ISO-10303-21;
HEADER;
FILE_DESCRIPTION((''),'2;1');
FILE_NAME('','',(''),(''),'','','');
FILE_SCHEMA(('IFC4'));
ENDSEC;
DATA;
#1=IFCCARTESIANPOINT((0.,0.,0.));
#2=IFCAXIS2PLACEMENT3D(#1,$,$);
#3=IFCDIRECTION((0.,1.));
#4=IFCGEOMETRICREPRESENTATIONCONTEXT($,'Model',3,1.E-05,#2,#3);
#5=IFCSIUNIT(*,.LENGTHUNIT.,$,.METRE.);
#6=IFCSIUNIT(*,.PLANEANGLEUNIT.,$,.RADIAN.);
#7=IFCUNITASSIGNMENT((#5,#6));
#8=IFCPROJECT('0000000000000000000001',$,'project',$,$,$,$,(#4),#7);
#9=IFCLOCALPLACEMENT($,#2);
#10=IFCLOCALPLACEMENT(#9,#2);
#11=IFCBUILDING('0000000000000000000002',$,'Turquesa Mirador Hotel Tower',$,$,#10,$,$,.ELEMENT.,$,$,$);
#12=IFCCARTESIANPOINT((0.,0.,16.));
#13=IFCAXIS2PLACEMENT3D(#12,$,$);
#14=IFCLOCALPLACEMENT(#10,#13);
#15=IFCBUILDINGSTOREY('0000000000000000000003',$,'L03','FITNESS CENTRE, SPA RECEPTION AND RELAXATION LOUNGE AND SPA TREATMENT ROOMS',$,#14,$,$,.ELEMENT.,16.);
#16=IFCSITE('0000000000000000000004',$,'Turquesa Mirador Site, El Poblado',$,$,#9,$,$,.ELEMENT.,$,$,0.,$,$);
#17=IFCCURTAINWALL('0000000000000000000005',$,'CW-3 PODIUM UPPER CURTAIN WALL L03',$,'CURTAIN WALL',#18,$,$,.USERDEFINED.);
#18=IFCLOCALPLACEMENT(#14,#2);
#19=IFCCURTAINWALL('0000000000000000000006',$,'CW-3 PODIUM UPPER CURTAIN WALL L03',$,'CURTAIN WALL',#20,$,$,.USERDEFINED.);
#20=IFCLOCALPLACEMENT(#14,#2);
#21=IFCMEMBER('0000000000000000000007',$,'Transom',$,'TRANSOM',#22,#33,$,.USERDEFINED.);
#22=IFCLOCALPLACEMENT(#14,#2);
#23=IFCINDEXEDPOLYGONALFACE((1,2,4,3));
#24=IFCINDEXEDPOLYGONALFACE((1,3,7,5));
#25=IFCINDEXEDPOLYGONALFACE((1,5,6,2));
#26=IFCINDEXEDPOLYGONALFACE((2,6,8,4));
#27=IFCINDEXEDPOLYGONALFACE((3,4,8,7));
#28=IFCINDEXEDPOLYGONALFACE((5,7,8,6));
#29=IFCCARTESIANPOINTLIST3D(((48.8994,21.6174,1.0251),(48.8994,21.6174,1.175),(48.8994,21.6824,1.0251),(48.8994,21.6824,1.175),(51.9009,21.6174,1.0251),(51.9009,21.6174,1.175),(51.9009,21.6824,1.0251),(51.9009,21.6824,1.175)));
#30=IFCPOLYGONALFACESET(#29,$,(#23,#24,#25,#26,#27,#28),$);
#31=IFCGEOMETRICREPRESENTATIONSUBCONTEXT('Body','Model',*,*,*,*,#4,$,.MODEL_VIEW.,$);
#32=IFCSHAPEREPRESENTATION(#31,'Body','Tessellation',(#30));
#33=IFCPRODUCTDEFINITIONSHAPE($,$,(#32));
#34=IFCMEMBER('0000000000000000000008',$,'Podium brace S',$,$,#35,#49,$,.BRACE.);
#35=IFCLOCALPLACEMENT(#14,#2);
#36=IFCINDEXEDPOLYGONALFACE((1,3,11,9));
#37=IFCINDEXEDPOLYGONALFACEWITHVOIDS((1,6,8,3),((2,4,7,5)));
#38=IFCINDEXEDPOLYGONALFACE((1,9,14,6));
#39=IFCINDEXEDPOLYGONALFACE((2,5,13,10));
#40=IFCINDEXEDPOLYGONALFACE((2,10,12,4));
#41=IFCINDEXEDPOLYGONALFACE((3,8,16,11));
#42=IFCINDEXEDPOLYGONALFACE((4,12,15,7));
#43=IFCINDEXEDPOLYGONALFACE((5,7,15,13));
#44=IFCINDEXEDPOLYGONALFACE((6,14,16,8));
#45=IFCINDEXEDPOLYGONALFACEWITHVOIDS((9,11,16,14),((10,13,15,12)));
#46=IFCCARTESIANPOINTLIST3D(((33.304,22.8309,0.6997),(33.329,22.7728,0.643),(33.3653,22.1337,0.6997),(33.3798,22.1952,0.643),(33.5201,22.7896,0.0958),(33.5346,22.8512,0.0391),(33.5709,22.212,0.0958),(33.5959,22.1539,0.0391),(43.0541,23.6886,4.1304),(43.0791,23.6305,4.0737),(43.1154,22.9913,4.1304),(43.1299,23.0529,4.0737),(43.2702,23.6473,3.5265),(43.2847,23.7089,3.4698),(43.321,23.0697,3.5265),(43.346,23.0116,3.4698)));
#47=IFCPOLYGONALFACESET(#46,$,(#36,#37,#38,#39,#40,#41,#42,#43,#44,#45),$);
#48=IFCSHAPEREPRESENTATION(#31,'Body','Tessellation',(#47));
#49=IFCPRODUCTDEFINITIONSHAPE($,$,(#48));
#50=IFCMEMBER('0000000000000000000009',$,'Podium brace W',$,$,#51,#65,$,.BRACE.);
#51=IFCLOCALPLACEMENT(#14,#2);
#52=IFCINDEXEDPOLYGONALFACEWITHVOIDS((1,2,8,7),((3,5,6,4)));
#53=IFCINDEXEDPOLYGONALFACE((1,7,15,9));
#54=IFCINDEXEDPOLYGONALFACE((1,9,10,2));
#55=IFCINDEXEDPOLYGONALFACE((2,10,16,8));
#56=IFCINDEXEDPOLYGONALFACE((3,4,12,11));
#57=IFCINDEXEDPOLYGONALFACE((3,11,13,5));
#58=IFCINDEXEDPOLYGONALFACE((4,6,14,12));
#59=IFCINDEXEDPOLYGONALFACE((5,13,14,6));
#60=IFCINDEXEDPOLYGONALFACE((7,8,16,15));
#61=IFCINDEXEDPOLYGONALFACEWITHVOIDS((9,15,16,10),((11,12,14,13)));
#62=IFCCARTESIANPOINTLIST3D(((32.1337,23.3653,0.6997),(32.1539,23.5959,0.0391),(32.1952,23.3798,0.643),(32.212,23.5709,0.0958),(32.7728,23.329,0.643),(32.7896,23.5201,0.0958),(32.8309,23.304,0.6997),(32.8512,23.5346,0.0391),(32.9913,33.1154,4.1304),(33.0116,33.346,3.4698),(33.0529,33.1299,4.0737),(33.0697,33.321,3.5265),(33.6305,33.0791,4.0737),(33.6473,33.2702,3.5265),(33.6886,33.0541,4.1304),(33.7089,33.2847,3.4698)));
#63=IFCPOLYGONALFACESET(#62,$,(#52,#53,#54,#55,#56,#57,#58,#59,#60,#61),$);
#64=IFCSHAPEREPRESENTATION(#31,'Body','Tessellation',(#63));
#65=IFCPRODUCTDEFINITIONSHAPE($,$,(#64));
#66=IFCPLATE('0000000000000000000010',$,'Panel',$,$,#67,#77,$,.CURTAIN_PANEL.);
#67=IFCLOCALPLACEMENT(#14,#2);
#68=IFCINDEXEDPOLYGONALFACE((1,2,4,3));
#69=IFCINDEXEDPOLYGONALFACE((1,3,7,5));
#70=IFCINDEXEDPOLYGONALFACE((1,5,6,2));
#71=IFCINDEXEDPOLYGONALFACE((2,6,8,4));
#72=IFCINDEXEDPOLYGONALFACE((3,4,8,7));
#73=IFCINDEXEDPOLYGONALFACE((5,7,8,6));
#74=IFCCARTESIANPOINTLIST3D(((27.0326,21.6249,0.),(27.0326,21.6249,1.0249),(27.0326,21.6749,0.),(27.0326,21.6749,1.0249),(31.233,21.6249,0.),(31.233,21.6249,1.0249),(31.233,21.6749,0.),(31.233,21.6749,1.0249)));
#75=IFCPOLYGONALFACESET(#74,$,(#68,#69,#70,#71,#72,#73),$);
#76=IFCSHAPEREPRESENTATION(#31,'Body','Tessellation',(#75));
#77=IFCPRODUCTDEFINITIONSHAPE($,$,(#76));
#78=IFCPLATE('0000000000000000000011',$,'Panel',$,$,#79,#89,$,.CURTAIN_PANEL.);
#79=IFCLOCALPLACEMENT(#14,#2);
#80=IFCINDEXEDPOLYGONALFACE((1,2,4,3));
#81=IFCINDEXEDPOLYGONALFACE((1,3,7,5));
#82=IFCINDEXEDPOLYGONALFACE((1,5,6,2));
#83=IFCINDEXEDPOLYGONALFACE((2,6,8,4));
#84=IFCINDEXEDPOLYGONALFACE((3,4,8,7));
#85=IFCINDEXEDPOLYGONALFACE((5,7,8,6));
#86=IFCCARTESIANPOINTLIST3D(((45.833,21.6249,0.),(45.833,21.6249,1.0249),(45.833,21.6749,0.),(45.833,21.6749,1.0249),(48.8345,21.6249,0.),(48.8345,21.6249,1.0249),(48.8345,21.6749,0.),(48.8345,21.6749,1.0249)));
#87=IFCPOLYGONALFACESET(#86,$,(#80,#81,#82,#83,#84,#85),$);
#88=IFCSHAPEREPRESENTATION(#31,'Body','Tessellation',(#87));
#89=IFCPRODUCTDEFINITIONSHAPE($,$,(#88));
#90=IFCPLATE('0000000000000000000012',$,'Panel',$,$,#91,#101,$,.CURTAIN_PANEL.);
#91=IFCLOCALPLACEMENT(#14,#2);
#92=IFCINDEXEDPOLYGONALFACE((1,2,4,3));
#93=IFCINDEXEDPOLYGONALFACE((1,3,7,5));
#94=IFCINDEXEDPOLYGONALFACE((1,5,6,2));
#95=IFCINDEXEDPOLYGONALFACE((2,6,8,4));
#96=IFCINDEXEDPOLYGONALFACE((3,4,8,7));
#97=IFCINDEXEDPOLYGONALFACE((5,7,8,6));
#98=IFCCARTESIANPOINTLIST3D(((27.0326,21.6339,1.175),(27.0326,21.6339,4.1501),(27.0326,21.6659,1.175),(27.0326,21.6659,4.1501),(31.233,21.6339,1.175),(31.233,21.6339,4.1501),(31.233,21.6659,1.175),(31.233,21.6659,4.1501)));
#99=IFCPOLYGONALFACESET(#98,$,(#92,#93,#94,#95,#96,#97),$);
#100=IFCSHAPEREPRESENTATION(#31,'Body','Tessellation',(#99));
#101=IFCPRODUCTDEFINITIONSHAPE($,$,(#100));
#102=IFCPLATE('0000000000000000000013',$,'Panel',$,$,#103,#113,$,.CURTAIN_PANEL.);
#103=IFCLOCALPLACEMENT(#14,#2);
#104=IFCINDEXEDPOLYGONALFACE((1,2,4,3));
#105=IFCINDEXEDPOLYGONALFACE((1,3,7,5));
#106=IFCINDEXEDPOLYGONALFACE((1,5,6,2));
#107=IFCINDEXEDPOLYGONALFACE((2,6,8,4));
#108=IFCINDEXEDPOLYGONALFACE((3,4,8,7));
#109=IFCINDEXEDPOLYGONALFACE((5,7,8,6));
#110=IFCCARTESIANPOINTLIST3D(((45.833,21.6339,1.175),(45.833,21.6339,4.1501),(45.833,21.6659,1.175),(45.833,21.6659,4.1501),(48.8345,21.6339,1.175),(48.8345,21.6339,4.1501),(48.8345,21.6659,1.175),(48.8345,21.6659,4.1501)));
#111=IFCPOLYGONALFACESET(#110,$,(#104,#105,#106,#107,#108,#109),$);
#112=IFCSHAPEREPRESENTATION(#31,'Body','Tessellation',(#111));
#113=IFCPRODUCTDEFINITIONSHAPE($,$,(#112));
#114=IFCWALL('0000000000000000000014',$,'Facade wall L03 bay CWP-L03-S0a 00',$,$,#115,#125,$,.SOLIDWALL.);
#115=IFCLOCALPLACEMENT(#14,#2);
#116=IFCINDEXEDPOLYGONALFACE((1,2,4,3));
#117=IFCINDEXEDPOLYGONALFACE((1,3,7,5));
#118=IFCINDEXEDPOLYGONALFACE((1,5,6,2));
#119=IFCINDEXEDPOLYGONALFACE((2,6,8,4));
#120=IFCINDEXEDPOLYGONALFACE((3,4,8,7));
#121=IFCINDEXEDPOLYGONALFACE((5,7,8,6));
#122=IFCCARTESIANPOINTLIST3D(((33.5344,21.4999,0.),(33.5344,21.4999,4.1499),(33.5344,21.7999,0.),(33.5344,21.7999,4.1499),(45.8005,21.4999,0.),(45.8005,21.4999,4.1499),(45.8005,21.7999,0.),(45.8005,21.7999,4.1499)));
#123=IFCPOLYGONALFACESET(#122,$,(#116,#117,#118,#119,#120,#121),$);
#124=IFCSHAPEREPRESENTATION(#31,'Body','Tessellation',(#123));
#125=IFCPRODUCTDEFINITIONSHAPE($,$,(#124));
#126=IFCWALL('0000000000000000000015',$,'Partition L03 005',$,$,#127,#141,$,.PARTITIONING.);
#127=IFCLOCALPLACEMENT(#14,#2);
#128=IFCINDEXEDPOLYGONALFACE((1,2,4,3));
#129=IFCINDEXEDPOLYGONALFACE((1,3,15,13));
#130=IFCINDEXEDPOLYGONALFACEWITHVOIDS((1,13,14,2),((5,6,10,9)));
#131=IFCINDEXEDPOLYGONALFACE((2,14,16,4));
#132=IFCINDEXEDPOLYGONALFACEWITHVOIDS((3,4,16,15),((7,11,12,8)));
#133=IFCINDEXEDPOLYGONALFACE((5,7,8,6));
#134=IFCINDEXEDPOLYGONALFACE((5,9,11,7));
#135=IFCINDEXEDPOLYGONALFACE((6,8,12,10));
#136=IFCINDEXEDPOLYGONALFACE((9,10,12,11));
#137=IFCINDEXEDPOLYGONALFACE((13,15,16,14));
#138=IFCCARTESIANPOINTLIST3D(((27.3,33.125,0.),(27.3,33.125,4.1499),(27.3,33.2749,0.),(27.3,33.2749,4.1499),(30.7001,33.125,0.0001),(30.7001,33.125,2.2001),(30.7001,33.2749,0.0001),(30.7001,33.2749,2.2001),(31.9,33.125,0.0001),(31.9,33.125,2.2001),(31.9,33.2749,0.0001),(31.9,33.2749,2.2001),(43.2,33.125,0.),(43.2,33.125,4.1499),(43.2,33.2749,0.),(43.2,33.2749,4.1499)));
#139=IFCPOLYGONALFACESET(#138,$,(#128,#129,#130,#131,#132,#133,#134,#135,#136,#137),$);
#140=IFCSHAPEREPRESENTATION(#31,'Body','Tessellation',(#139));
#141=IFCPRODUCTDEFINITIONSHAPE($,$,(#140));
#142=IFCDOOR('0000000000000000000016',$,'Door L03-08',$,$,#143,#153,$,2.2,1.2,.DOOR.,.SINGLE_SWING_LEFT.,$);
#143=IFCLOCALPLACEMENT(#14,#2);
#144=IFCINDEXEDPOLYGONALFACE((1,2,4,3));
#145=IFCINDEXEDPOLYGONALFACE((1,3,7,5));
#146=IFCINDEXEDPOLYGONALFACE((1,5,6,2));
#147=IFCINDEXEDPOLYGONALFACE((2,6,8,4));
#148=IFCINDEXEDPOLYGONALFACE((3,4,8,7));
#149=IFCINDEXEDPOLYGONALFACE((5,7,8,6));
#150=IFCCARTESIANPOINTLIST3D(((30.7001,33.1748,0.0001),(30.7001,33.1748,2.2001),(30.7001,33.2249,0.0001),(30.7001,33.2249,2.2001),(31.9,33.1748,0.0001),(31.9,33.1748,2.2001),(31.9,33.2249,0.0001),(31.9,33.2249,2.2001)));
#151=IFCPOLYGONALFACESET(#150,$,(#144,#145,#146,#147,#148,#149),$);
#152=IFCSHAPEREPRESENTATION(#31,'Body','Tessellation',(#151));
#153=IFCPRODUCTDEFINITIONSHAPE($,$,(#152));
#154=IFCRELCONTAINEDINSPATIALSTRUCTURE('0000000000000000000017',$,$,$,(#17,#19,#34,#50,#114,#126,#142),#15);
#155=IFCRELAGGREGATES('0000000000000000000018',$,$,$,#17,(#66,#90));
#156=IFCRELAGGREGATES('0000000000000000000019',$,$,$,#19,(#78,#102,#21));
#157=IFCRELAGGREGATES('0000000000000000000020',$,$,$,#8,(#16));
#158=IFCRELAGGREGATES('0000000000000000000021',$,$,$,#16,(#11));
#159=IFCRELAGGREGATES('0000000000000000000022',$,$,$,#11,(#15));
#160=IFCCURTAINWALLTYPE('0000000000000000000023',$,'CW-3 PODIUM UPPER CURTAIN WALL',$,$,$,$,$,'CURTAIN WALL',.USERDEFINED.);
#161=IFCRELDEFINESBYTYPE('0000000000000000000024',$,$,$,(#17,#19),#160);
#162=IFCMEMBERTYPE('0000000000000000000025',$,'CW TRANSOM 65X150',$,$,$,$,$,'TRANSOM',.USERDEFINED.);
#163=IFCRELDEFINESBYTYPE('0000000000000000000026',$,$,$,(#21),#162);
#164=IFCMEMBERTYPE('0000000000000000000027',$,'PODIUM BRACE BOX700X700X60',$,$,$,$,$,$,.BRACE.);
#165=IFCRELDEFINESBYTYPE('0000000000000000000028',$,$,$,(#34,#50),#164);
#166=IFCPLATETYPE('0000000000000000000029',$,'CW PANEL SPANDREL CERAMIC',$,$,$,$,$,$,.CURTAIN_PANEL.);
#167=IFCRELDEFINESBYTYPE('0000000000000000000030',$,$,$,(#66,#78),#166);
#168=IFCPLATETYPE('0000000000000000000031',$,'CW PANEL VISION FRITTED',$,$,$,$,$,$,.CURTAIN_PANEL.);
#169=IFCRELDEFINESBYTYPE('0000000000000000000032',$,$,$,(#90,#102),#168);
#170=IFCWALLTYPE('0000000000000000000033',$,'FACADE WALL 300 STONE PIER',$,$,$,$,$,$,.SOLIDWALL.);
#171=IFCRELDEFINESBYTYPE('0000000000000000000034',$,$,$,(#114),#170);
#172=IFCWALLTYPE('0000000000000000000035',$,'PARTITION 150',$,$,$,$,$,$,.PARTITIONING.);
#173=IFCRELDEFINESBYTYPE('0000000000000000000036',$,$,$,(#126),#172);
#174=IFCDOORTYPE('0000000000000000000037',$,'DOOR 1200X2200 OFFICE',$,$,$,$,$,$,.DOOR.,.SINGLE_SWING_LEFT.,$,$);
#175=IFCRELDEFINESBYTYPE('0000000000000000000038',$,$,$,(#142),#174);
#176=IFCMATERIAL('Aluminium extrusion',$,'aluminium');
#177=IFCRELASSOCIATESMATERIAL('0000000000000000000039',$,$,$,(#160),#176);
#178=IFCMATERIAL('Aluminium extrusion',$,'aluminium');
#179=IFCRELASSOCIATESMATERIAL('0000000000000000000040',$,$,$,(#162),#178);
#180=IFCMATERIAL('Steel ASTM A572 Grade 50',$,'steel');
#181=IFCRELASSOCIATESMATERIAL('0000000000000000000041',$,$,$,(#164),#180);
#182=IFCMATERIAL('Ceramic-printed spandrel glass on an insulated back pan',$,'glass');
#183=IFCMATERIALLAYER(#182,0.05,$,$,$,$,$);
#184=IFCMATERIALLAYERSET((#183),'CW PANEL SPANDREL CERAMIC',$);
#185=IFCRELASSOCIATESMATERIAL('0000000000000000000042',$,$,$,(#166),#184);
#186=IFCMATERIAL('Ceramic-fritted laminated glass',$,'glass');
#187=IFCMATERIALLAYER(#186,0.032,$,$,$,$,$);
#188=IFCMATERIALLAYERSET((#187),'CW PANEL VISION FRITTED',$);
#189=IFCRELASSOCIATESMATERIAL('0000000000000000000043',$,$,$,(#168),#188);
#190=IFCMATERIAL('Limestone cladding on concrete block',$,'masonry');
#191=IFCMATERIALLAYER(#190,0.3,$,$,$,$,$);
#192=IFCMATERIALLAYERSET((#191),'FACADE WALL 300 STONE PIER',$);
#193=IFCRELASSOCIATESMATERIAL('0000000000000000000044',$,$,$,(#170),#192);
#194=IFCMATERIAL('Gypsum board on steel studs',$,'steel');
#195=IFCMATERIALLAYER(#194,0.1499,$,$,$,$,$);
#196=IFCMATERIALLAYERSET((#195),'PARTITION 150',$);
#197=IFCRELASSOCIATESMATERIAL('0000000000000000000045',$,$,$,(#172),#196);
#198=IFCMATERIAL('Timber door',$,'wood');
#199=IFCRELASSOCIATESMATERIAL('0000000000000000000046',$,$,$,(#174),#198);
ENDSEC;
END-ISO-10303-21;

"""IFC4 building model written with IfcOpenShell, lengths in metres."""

from ifc_helpers import new_model, si_unit, direction, frame, frame_2d, origin, origin_2d, place, context, subcontext, project, spatial, rectangle, hollow_rectangle, extrude, material, layer, layer_set, material_profile, profile_set, type_object, element, fill, aggregate, save


model = new_model("IFC4")

# Units and contexts
model_context = context("Model", 3, precision=1e-05, world=origin(), true_north=direction((0.0, 1.0)))
body_context = subcontext(model_context, "Body", "Model", "MODEL_VIEW")
ifc_project = project(units=[si_unit("LENGTHUNIT", "METRE"), si_unit("PLANEANGLEUNIT", "RADIAN")], contexts=[model_context])

# Site, building, storey
site_placement = place(None, origin())
site = spatial("IfcSite", under=ifc_project, at=site_placement, Name="Turquesa Mirador Site, El Poblado", CompositionType="ELEMENT", RefElevation=0.0)
building_placement = place(site_placement, origin())
building = spatial("IfcBuilding", under=site, at=building_placement, Name="Turquesa Mirador Hotel Tower", CompositionType="ELEMENT")
storey_placement = place(building_placement, frame((0.0, 0.0, 16.0)))
storey = spatial("IfcBuildingStorey", under=building, at=storey_placement, Name="L03", Description="FITNESS CENTRE, SPA RECEPTION AND RELAXATION LOUNGE AND SPA TREATMENT ROOMS", CompositionType="ELEMENT", Elevation=16.0)

# Curtain wall
ifc_material_1 = material(Name="Aluminium extrusion", Category="aluminium")
curtain_wall_type = type_object("IfcCurtainWallType", Name="CW-3 PODIUM UPPER CURTAIN WALL", ElementType="CURTAIN WALL", PredefinedType="USERDEFINED", material=ifc_material_1)
curtain_wall_1_placement = place(storey_placement, origin())
curtain_wall_1 = element("IfcCurtainWall", 1, at=curtain_wall_1_placement, inside=storey, type_object=curtain_wall_type, Name="CW-3 PODIUM UPPER CURTAIN WALL L03", ObjectType="CURTAIN WALL", PredefinedType="USERDEFINED")

# Curtain wall, member
curtain_wall_2_placement = place(storey_placement, origin())
curtain_wall_2 = element("IfcCurtainWall", 2, at=curtain_wall_2_placement, inside=storey, type_object=curtain_wall_type, Name="CW-3 PODIUM UPPER CURTAIN WALL L03", ObjectType="CURTAIN WALL", PredefinedType="USERDEFINED")
ifc_material_2 = material(Name="Aluminium extrusion", Category="aluminium")
ifc_material_profile_1 = material_profile(ifc_material_2, rectangle(XDim=0.0649, YDim=0.1499, at=origin_2d()), Name="TRANSOM 65X150")
ifc_profile_set_1 = profile_set([ifc_material_profile_1], Name="Aluminium extrusion")
member_type_1 = type_object("IfcMemberType", Name="CW TRANSOM 65X150", ElementType="TRANSOM", PredefinedType="USERDEFINED", material=ifc_profile_set_1)
member_1_placement = place(storey_placement, frame((48.8994, 21.6499, 1.1001), z_axis=(1.0, 0.0, 0.0), x_axis=(0.0, 1.0, 0.0)))
member_1 = element("IfcMember", 3, at=member_1_placement, type_object=member_type_1, Name="Transom", ObjectType="TRANSOM", PredefinedType="USERDEFINED", context=body_context, shape_type="SweptSolid", body=[
    extrude(rectangle(XDim=0.0649, YDim=0.1499, at=origin_2d()), origin(), (0.0, 0.0, 1.0), 3.0015),
])

# Members
ifc_material_3 = material(Name="Steel ASTM A572 Grade 50", Category="steel")
ifc_material_profile_2 = material_profile(ifc_material_3, hollow_rectangle(XDim=0.7, YDim=0.7, WallThickness=0.0601, at=origin_2d()), Name="BOX700X700X60")
ifc_profile_set_2 = profile_set([ifc_material_profile_2], Name="Steel ASTM A572 Grade 50")
member_type_2 = type_object("IfcMemberType", Name="PODIUM BRACE BOX700X700X60", PredefinedType="BRACE", material=ifc_profile_set_2)
for number, where, z_axis, x_axis, name in (
    (4, (33.45, 22.4924, 0.3694), (0.940078, 0.082695, 0.330779), (-0.087627, 0.996153, 0.0), "Podium brace S"),
    (5, (32.4924, 23.45, 0.3694), (0.082695, 0.940078, 0.330779), (-0.996153, 0.087627, 0.0), "Podium brace W"),
):
    element("IfcMember", number, at=place(storey_placement, frame(where, z_axis=z_axis, x_axis=x_axis)), inside=storey, type_object=member_type_2, Name=name, PredefinedType="BRACE", context=body_context, shape_type="SweptSolid", body=[
        extrude(hollow_rectangle(XDim=0.7, YDim=0.7, WallThickness=0.0601, at=origin_2d()), origin(), (0.0, 0.0, 1.0), 10.3716),
    ])

# Plates
ifc_material_4 = material(Name="Ceramic-printed spandrel glass on an insulated back pan", Category="glass")
ifc_layer_1 = layer(ifc_material_4, 0.05)
ifc_layer_set_1 = layer_set([ifc_layer_1], Name="CW PANEL SPANDREL CERAMIC")
plate_type_1 = type_object("IfcPlateType", Name="CW PANEL SPANDREL CERAMIC", PredefinedType="CURTAIN_PANEL", material=ifc_layer_set_1)
plate_1_placement = place(storey_placement, frame((29.1328, 21.6499, 0.0), z_axis=(0.0, 0.0, 1.0), x_axis=(1.0, 0.0, 0.0)))
plate_1 = element("IfcPlate", 6, at=plate_1_placement, type_object=plate_type_1, Name="Panel", PredefinedType="CURTAIN_PANEL", context=body_context, shape_type="SweptSolid", body=[
    extrude(rectangle(XDim=4.2004, YDim=0.05, at=origin_2d()), origin(), (0.0, 0.0, 1.0), 1.0249),
])
plate_2_placement = place(storey_placement, frame((47.3337, 21.6499, 0.0), z_axis=(0.0, 0.0, 1.0), x_axis=(1.0, 0.0, 0.0)))
plate_2 = element("IfcPlate", 7, at=plate_2_placement, type_object=plate_type_1, Name="Panel", PredefinedType="CURTAIN_PANEL", context=body_context, shape_type="SweptSolid", body=[
    extrude(rectangle(XDim=3.0015, YDim=0.05, at=origin_2d()), origin(), (0.0, 0.0, 1.0), 1.0249),
])
ifc_material_5 = material(Name="Ceramic-fritted laminated glass", Category="glass")
ifc_layer_2 = layer(ifc_material_5, 0.032)
ifc_layer_set_2 = layer_set([ifc_layer_2], Name="CW PANEL VISION FRITTED")
plate_type_2 = type_object("IfcPlateType", Name="CW PANEL VISION FRITTED", PredefinedType="CURTAIN_PANEL", material=ifc_layer_set_2)
plate_3_placement = place(storey_placement, frame((29.1328, 21.6499, 1.175), z_axis=(0.0, 0.0, 1.0), x_axis=(1.0, 0.0, 0.0)))
plate_3 = element("IfcPlate", 8, at=plate_3_placement, type_object=plate_type_2, Name="Panel", PredefinedType="CURTAIN_PANEL", context=body_context, shape_type="SweptSolid", body=[
    extrude(rectangle(XDim=4.2004, YDim=0.032, at=origin_2d()), origin(), (0.0, 0.0, 1.0), 2.9751),
])
aggregate(curtain_wall_1, [plate_1, plate_3])
plate_4_placement = place(storey_placement, frame((47.3337, 21.6499, 1.175), z_axis=(0.0, 0.0, 1.0), x_axis=(1.0, 0.0, 0.0)))
plate_4 = element("IfcPlate", 9, at=plate_4_placement, type_object=plate_type_2, Name="Panel", PredefinedType="CURTAIN_PANEL", context=body_context, shape_type="SweptSolid", body=[
    extrude(rectangle(XDim=3.0015, YDim=0.032, at=origin_2d()), origin(), (0.0, 0.0, 1.0), 2.9751),
])
aggregate(curtain_wall_2, [plate_2, plate_4, member_1])

# Wall
ifc_material_6 = material(Name="Limestone cladding on concrete block", Category="masonry")
ifc_layer_3 = layer(ifc_material_6, 0.3)
ifc_layer_set_3 = layer_set([ifc_layer_3], Name="FACADE WALL 300 STONE PIER")
wall_type_1 = type_object("IfcWallType", Name="FACADE WALL 300 STONE PIER", PredefinedType="SOLIDWALL", material=ifc_layer_set_3)
wall_1_placement = place(storey_placement, frame((33.5344, 21.6499, 0.0), z_axis=(0.0, 0.0, 1.0), x_axis=(1.0, 0.0, 0.0)))
element("IfcWall", 10, at=wall_1_placement, inside=storey, type_object=wall_type_1, Name="Facade wall L03 bay CWP-L03-S0a 00", PredefinedType="SOLIDWALL", context=body_context, shape_type="SweptSolid", body=[
    extrude(rectangle(XDim=12.2661, YDim=0.3, at=frame_2d((6.1331, 0.0))), origin(), (0.0, 0.0, 1.0), 4.1499),
])

# Wall, opening, door
ifc_material_7 = material(Name="Gypsum board on steel studs", Category="steel")
ifc_layer_4 = layer(ifc_material_7, 0.1499)
ifc_layer_set_4 = layer_set([ifc_layer_4], Name="PARTITION 150")
wall_type_2 = type_object("IfcWallType", Name="PARTITION 150", PredefinedType="PARTITIONING", material=ifc_layer_set_4)
wall_2_placement = place(storey_placement, frame((27.3, 33.2, 0.0), z_axis=(0.0, 0.0, 1.0), x_axis=(1.0, 0.0, 0.0)))
wall_2 = element("IfcWall", 11, at=wall_2_placement, inside=storey, type_object=wall_type_2, Name="Partition L03 005", PredefinedType="PARTITIONING", context=body_context, shape_type="SweptSolid", body=[
    extrude(rectangle(XDim=15.8999, YDim=0.1499, at=frame_2d((7.95, 0.0))), origin(), (0.0, 0.0, 1.0), 4.1499),
])
opening_1_placement = place(wall_2_placement, frame((3.3999, 0.0, 0.0)))
opening_1 = element("IfcOpeningElement", 12, at=opening_1_placement, cuts=wall_2, PredefinedType="OPENING", context=body_context, shape_type="SweptSolid", body=[
    extrude(rectangle(XDim=1.2, YDim=2.2, at=frame_2d((0.6001, 1.1001))), frame((0.0, 0.085, 0.0), z_axis=(0.0, -1.0, 0.0), x_axis=(1.0, 0.0, 0.0)), (0.0, 0.0, 1.0), 0.1699),
])
ifc_material_8 = material(Name="Timber door", Category="wood")
door_type_1 = type_object("IfcDoorType", Name="DOOR 1200X2200 OFFICE", OperationType="SINGLE_SWING_LEFT", PredefinedType="DOOR", material=ifc_material_8)
door_1_placement = place(opening_1_placement, origin())
door_1 = element("IfcDoor", 13, at=door_1_placement, inside=storey, type_object=door_type_1, Name="Door L03-08", OperationType="SINGLE_SWING_LEFT", OverallHeight=2.2, OverallWidth=1.2, PredefinedType="DOOR", context=body_context, shape_type="SweptSolid", body=[
    extrude(rectangle(XDim=1.2, YDim=2.2, at=frame_2d((0.6001, 1.1001))), frame((0.0, 0.0249, 0.0), z_axis=(0.0, -1.0, 0.0), x_axis=(1.0, 0.0, 0.0)), (0.0, 0.0, 1.0), 0.05),
])
fill(opening_1, door_1)

save(model, "model.ifc")
